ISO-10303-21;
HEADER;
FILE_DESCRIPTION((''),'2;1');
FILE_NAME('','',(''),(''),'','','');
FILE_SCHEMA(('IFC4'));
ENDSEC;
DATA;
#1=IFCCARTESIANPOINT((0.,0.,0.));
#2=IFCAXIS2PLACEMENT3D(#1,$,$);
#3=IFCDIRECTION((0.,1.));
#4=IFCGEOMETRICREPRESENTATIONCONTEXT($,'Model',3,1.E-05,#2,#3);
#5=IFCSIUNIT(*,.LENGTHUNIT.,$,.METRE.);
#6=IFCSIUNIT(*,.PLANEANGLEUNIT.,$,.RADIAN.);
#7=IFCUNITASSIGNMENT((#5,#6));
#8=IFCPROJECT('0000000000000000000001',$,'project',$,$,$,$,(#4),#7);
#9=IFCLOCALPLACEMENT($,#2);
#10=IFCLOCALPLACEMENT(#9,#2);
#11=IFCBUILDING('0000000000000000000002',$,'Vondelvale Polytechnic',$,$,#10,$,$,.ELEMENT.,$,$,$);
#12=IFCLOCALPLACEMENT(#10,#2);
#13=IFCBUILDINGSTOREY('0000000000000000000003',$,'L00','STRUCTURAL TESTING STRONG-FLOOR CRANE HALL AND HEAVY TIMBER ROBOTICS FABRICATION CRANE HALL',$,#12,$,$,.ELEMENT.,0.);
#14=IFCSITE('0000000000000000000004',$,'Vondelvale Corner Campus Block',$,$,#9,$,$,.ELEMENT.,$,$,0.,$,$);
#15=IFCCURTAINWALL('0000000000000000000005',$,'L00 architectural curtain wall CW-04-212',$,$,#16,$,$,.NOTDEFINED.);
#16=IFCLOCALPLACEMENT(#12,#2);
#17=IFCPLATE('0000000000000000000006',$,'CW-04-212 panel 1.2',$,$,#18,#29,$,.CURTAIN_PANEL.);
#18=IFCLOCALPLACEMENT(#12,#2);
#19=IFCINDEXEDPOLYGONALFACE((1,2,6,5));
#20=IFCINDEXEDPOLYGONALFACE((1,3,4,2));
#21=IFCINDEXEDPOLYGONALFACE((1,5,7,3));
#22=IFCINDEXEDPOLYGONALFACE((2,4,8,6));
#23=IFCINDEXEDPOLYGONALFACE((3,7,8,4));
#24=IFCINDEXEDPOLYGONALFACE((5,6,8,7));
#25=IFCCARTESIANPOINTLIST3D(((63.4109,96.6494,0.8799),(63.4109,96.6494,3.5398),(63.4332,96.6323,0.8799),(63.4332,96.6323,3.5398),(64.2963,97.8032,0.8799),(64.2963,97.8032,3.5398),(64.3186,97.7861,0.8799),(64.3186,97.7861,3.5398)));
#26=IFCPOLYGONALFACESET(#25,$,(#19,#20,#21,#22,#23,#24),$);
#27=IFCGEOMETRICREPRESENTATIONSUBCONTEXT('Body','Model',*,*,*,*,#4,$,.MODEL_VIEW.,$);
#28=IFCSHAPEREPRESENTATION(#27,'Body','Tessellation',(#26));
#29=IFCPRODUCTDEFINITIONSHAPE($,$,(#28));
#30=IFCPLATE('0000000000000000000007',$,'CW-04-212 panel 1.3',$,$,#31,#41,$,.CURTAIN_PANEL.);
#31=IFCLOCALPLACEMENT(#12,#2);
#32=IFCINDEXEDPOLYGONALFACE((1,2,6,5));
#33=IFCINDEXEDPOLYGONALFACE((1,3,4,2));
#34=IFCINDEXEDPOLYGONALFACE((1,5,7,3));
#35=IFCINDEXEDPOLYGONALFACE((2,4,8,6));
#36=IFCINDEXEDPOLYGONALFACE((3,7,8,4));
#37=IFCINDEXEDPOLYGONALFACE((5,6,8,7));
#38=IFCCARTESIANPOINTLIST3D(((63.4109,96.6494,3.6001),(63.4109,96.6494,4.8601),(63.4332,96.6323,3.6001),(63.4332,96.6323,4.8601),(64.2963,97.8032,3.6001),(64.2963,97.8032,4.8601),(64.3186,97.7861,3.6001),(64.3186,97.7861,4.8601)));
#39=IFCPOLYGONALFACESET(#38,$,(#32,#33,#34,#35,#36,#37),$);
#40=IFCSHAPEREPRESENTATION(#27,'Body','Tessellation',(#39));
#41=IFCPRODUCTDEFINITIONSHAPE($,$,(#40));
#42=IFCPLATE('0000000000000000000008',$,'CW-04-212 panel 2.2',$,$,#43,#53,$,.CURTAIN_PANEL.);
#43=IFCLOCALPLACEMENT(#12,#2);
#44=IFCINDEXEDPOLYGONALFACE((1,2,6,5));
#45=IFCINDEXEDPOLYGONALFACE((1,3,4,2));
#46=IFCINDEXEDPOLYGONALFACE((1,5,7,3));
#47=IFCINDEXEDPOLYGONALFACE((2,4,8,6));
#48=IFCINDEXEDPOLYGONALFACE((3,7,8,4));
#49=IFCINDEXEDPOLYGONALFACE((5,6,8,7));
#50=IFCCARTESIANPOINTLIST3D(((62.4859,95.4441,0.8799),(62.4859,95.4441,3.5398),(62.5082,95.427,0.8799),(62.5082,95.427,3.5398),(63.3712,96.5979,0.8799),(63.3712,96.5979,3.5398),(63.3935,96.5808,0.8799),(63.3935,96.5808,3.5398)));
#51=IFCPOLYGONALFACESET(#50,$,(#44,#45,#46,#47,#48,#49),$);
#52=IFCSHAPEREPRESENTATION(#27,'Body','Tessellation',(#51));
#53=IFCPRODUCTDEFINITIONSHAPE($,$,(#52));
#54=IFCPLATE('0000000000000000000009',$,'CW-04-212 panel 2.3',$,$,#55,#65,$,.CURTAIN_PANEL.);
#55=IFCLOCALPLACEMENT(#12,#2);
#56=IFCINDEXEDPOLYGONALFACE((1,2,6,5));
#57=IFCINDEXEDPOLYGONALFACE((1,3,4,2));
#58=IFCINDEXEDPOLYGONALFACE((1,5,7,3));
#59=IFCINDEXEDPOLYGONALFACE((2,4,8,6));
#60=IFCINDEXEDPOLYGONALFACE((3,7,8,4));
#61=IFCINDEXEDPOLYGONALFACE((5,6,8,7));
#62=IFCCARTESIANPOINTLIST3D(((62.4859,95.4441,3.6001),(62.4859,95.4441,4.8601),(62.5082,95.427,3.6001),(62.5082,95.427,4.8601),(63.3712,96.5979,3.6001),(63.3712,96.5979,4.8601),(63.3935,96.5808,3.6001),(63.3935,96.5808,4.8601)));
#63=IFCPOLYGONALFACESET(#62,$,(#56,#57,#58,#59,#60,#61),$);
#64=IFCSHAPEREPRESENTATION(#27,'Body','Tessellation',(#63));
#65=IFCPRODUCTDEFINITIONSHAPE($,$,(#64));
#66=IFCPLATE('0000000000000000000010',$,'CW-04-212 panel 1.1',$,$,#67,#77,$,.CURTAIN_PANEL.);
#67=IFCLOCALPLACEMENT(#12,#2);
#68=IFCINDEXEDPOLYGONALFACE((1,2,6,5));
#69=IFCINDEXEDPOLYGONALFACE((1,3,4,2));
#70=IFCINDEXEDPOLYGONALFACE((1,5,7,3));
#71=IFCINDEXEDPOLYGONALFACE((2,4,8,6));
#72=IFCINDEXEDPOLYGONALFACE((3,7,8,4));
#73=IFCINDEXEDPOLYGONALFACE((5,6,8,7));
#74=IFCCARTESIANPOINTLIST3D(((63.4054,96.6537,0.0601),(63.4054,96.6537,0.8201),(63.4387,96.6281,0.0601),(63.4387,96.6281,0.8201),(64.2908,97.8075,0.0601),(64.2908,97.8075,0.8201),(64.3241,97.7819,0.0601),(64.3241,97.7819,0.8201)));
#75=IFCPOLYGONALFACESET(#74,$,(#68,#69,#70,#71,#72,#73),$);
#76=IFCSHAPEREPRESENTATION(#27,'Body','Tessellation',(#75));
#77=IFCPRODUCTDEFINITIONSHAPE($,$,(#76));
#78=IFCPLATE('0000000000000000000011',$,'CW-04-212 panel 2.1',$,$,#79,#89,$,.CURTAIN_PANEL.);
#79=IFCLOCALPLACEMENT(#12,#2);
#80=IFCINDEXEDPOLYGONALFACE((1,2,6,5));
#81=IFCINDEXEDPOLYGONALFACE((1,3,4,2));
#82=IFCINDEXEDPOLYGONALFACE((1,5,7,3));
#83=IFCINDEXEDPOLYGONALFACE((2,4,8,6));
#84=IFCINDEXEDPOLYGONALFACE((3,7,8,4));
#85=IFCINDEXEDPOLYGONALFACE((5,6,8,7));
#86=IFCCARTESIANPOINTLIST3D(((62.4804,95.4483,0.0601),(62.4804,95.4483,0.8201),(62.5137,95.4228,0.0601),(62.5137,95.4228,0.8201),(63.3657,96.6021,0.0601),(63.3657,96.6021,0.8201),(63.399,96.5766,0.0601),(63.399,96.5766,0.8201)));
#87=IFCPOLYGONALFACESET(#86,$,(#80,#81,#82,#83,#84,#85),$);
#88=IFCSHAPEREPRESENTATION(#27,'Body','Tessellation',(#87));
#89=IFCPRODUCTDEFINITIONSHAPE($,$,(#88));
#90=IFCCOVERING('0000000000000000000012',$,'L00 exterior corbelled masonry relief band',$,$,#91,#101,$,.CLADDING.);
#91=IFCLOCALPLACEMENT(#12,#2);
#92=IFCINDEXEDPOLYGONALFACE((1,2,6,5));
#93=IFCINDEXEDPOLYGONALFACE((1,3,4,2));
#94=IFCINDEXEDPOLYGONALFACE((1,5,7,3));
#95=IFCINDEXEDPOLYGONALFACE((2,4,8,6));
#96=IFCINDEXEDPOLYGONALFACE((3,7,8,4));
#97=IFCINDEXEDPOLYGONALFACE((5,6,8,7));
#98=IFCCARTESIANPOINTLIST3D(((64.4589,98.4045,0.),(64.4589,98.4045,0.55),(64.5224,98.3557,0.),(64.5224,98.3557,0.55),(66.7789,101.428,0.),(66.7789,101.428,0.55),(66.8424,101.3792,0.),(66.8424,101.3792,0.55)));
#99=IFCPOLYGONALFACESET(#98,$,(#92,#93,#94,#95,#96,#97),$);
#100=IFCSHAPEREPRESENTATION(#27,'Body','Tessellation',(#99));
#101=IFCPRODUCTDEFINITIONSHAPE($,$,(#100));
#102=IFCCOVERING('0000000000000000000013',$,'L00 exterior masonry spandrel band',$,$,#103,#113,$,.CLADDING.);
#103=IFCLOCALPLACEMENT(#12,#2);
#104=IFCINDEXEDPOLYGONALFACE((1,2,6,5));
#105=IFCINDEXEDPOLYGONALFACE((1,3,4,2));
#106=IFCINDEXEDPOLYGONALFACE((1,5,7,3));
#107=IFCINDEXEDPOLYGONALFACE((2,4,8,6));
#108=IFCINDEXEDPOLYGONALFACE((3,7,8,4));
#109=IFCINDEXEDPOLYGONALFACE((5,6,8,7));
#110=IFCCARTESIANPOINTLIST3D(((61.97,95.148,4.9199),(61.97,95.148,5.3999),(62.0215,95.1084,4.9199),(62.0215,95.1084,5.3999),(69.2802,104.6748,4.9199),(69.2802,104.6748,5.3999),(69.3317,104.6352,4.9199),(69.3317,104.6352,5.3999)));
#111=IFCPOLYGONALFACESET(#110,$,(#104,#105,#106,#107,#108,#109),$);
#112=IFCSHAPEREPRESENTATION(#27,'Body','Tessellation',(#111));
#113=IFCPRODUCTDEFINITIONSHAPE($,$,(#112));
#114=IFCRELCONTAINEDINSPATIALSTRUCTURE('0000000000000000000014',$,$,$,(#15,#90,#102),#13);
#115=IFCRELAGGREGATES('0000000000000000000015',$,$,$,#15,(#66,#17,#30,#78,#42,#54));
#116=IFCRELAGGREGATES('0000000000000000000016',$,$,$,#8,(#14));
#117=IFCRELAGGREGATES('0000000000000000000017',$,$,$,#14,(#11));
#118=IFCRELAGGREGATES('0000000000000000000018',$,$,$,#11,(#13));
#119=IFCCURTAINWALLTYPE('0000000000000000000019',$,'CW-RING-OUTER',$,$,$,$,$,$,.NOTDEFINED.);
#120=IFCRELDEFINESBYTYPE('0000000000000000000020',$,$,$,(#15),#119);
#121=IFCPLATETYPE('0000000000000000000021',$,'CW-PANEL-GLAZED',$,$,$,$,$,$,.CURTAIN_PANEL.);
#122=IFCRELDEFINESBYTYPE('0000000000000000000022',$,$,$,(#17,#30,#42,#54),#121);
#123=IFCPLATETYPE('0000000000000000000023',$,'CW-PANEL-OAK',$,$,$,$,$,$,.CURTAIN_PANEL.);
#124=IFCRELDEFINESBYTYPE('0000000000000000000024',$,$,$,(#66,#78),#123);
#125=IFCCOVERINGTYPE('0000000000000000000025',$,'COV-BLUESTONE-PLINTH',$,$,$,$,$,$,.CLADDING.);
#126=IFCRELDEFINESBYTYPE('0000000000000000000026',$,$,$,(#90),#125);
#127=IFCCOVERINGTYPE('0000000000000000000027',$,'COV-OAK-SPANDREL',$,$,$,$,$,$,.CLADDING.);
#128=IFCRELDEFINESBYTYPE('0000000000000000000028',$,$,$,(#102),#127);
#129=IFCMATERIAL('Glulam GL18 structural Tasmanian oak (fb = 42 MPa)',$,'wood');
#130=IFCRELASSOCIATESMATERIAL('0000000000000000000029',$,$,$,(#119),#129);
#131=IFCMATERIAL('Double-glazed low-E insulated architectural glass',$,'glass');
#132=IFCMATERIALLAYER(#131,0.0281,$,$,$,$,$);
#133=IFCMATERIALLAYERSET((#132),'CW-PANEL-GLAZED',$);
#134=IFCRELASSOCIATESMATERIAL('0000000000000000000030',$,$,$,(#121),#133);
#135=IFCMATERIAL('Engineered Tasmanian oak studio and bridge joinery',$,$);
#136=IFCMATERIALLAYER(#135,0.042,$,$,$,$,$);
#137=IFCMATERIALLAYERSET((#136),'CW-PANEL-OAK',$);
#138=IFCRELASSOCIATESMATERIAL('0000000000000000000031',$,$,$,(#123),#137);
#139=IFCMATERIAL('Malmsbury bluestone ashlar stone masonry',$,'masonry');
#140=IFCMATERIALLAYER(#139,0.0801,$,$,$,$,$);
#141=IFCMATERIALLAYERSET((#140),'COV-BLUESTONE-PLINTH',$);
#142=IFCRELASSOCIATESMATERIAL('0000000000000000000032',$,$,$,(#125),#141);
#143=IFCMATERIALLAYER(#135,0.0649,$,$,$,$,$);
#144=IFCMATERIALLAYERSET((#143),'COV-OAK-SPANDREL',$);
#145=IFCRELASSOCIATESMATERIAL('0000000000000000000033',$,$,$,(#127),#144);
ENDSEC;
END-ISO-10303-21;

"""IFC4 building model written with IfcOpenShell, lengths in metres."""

from ifc_helpers import new_model, si_unit, direction, frame, origin, origin_2d, place, context, subcontext, project, spatial, rectangle, extrude, material, layer, layer_set, type_object, element, aggregate, save


model = new_model("IFC4")

# Units and contexts
model_context = context("Model", 3, precision=1e-05, world=origin(), true_north=direction((0.0, 1.0)))
body_context = subcontext(model_context, "Body", "Model", "MODEL_VIEW")
ifc_project = project(units=[si_unit("LENGTHUNIT", "METRE"), si_unit("PLANEANGLEUNIT", "RADIAN")], contexts=[model_context])

# Site, building, storey
site_placement = place(None, origin())
site = spatial("IfcSite", under=ifc_project, at=site_placement, Name="Vondelvale Corner Campus Block", CompositionType="ELEMENT", RefElevation=0.0)
building_placement = place(site_placement, origin())
building = spatial("IfcBuilding", under=site, at=building_placement, Name="Vondelvale Polytechnic", CompositionType="ELEMENT")
storey_placement = place(building_placement, origin())
storey = spatial("IfcBuildingStorey", under=building, at=storey_placement, Name="L00", Description="STRUCTURAL TESTING STRONG-FLOOR CRANE HALL AND HEAVY TIMBER ROBOTICS FABRICATION CRANE HALL", CompositionType="ELEMENT", Elevation=0.0)

# Shared definitions
ifc_material_1 = material(Name="Glulam GL18 structural Tasmanian oak (fb = 42 MPa)", Category="wood")

# Curtain wall, plates
curtain_wall_type = type_object("IfcCurtainWallType", Name="CW-RING-OUTER", PredefinedType="NOTDEFINED", material=ifc_material_1)
curtain_wall_placement = place(storey_placement, origin())
curtain_wall = element("IfcCurtainWall", 1, at=curtain_wall_placement, inside=storey, type_object=curtain_wall_type, Name="L00 architectural curtain wall CW-04-212", PredefinedType="NOTDEFINED")
ifc_material_2 = material(Name="Double-glazed low-E insulated architectural glass", Category="glass")
ifc_layer_1 = layer(ifc_material_2, 0.0281)
ifc_layer_set_1 = layer_set([ifc_layer_1], Name="CW-PANEL-GLAZED")
plate_type_1 = type_object("IfcPlateType", Name="CW-PANEL-GLAZED", PredefinedType="CURTAIN_PANEL", material=ifc_layer_set_1)
plate_1_placement = place(storey_placement, frame((63.8647, 97.2178, 0.8799), z_axis=(0.0, 0.0, 1.0), x_axis=(-0.608764, -0.793352, 0.0)))
plate_1 = element("IfcPlate", 2, at=plate_1_placement, type_object=plate_type_1, Name="CW-04-212 panel 1.2", PredefinedType="CURTAIN_PANEL", context=body_context, shape_type="SweptSolid", body=[
    extrude(rectangle(XDim=1.4543, YDim=0.0281, at=origin_2d()), origin(), (0.0, 0.0, 1.0), 2.6599),
])
plate_2_placement = place(storey_placement, frame((63.8647, 97.2178, 3.6001), z_axis=(0.0, 0.0, 1.0), x_axis=(-0.608764, -0.793352, 0.0)))
plate_2 = element("IfcPlate", 3, at=plate_2_placement, type_object=plate_type_1, Name="CW-04-212 panel 1.3", PredefinedType="CURTAIN_PANEL", context=body_context, shape_type="SweptSolid", body=[
    extrude(rectangle(XDim=1.4543, YDim=0.0281, at=origin_2d()), origin(), (0.0, 0.0, 1.0), 1.26),
])
plate_3_placement = place(storey_placement, frame((62.9397, 96.0125, 0.8799), z_axis=(0.0, 0.0, 1.0), x_axis=(-0.608764, -0.793352, 0.0)))
plate_3 = element("IfcPlate", 4, at=plate_3_placement, type_object=plate_type_1, Name="CW-04-212 panel 2.2", PredefinedType="CURTAIN_PANEL", context=body_context, shape_type="SweptSolid", body=[
    extrude(rectangle(XDim=1.4543, YDim=0.0281, at=origin_2d()), origin(), (0.0, 0.0, 1.0), 2.6599),
])
plate_4_placement = place(storey_placement, frame((62.9397, 96.0125, 3.6001), z_axis=(0.0, 0.0, 1.0), x_axis=(-0.608764, -0.793352, 0.0)))
plate_4 = element("IfcPlate", 5, at=plate_4_placement, type_object=plate_type_1, Name="CW-04-212 panel 2.3", PredefinedType="CURTAIN_PANEL", context=body_context, shape_type="SweptSolid", body=[
    extrude(rectangle(XDim=1.4543, YDim=0.0281, at=origin_2d()), origin(), (0.0, 0.0, 1.0), 1.26),
])
ifc_material_3 = material(Name="Engineered Tasmanian oak studio and bridge joinery")
ifc_layer_2 = layer(ifc_material_3, 0.042)
ifc_layer_set_2 = layer_set([ifc_layer_2], Name="CW-PANEL-OAK")
plate_type_2 = type_object("IfcPlateType", Name="CW-PANEL-OAK", PredefinedType="CURTAIN_PANEL", material=ifc_layer_set_2)
plate_5_placement = place(storey_placement, frame((63.8647, 97.2178, 0.0601), z_axis=(0.0, 0.0, 1.0), x_axis=(-0.608764, -0.793352, 0.0)))
plate_5 = element("IfcPlate", 6, at=plate_5_placement, type_object=plate_type_2, Name="CW-04-212 panel 1.1", PredefinedType="CURTAIN_PANEL", context=body_context, shape_type="SweptSolid", body=[
    extrude(rectangle(XDim=1.4543, YDim=0.042, at=origin_2d()), origin(), (0.0, 0.0, 1.0), 0.76),
])
plate_6_placement = place(storey_placement, frame((62.9397, 96.0125, 0.0601), z_axis=(0.0, 0.0, 1.0), x_axis=(-0.608764, -0.793352, 0.0)))
plate_6 = element("IfcPlate", 7, at=plate_6_placement, type_object=plate_type_2, Name="CW-04-212 panel 2.1", PredefinedType="CURTAIN_PANEL", context=body_context, shape_type="SweptSolid", body=[
    extrude(rectangle(XDim=1.4543, YDim=0.042, at=origin_2d()), origin(), (0.0, 0.0, 1.0), 0.76),
])
aggregate(curtain_wall, [plate_5, plate_1, plate_2, plate_6, plate_3, plate_4])

# Coverings
ifc_material_4 = material(Name="Malmsbury bluestone ashlar stone masonry", Category="masonry")
ifc_layer_3 = layer(ifc_material_4, 0.0801)
ifc_layer_set_3 = layer_set([ifc_layer_3], Name="COV-BLUESTONE-PLINTH")
covering_type_1 = type_object("IfcCoveringType", Name="COV-BLUESTONE-PLINTH", PredefinedType="CLADDING", material=ifc_layer_set_3)
covering_1_placement = place(storey_placement, frame((65.6506, 99.8918, 0.0), z_axis=(0.0, 0.0, 1.0), x_axis=(0.608761, 0.793353, 0.0)))
element("IfcCovering", 8, at=covering_1_placement, inside=storey, type_object=covering_type_1, Name="L00 exterior corbelled masonry relief band", PredefinedType="CLADDING", context=body_context, shape_type="SweptSolid", body=[
    extrude(rectangle(XDim=3.811, YDim=0.0801, at=origin_2d()), origin(), (0.0, 0.0, 1.0), 0.55),
])
ifc_layer_4 = layer(ifc_material_3, 0.0649)
ifc_layer_set_4 = layer_set([ifc_layer_4], Name="COV-OAK-SPANDREL")
covering_type_2 = type_object("IfcCoveringType", Name="COV-OAK-SPANDREL", PredefinedType="CLADDING", material=ifc_layer_set_4)
covering_2_placement = place(storey_placement, frame((65.6509, 99.8916, 4.9199), z_axis=(0.0, 0.0, 1.0), x_axis=(-0.608761, -0.793353, 0.0)))
element("IfcCovering", 9, at=covering_2_placement, inside=storey, type_object=covering_type_2, Name="L00 exterior masonry spandrel band", PredefinedType="CLADDING", context=body_context, shape_type="SweptSolid", body=[
    extrude(rectangle(XDim=12.0083, YDim=0.0649, at=origin_2d()), origin(), (0.0, 0.0, 1.0), 0.48),
])

save(model, "model.ifc")
